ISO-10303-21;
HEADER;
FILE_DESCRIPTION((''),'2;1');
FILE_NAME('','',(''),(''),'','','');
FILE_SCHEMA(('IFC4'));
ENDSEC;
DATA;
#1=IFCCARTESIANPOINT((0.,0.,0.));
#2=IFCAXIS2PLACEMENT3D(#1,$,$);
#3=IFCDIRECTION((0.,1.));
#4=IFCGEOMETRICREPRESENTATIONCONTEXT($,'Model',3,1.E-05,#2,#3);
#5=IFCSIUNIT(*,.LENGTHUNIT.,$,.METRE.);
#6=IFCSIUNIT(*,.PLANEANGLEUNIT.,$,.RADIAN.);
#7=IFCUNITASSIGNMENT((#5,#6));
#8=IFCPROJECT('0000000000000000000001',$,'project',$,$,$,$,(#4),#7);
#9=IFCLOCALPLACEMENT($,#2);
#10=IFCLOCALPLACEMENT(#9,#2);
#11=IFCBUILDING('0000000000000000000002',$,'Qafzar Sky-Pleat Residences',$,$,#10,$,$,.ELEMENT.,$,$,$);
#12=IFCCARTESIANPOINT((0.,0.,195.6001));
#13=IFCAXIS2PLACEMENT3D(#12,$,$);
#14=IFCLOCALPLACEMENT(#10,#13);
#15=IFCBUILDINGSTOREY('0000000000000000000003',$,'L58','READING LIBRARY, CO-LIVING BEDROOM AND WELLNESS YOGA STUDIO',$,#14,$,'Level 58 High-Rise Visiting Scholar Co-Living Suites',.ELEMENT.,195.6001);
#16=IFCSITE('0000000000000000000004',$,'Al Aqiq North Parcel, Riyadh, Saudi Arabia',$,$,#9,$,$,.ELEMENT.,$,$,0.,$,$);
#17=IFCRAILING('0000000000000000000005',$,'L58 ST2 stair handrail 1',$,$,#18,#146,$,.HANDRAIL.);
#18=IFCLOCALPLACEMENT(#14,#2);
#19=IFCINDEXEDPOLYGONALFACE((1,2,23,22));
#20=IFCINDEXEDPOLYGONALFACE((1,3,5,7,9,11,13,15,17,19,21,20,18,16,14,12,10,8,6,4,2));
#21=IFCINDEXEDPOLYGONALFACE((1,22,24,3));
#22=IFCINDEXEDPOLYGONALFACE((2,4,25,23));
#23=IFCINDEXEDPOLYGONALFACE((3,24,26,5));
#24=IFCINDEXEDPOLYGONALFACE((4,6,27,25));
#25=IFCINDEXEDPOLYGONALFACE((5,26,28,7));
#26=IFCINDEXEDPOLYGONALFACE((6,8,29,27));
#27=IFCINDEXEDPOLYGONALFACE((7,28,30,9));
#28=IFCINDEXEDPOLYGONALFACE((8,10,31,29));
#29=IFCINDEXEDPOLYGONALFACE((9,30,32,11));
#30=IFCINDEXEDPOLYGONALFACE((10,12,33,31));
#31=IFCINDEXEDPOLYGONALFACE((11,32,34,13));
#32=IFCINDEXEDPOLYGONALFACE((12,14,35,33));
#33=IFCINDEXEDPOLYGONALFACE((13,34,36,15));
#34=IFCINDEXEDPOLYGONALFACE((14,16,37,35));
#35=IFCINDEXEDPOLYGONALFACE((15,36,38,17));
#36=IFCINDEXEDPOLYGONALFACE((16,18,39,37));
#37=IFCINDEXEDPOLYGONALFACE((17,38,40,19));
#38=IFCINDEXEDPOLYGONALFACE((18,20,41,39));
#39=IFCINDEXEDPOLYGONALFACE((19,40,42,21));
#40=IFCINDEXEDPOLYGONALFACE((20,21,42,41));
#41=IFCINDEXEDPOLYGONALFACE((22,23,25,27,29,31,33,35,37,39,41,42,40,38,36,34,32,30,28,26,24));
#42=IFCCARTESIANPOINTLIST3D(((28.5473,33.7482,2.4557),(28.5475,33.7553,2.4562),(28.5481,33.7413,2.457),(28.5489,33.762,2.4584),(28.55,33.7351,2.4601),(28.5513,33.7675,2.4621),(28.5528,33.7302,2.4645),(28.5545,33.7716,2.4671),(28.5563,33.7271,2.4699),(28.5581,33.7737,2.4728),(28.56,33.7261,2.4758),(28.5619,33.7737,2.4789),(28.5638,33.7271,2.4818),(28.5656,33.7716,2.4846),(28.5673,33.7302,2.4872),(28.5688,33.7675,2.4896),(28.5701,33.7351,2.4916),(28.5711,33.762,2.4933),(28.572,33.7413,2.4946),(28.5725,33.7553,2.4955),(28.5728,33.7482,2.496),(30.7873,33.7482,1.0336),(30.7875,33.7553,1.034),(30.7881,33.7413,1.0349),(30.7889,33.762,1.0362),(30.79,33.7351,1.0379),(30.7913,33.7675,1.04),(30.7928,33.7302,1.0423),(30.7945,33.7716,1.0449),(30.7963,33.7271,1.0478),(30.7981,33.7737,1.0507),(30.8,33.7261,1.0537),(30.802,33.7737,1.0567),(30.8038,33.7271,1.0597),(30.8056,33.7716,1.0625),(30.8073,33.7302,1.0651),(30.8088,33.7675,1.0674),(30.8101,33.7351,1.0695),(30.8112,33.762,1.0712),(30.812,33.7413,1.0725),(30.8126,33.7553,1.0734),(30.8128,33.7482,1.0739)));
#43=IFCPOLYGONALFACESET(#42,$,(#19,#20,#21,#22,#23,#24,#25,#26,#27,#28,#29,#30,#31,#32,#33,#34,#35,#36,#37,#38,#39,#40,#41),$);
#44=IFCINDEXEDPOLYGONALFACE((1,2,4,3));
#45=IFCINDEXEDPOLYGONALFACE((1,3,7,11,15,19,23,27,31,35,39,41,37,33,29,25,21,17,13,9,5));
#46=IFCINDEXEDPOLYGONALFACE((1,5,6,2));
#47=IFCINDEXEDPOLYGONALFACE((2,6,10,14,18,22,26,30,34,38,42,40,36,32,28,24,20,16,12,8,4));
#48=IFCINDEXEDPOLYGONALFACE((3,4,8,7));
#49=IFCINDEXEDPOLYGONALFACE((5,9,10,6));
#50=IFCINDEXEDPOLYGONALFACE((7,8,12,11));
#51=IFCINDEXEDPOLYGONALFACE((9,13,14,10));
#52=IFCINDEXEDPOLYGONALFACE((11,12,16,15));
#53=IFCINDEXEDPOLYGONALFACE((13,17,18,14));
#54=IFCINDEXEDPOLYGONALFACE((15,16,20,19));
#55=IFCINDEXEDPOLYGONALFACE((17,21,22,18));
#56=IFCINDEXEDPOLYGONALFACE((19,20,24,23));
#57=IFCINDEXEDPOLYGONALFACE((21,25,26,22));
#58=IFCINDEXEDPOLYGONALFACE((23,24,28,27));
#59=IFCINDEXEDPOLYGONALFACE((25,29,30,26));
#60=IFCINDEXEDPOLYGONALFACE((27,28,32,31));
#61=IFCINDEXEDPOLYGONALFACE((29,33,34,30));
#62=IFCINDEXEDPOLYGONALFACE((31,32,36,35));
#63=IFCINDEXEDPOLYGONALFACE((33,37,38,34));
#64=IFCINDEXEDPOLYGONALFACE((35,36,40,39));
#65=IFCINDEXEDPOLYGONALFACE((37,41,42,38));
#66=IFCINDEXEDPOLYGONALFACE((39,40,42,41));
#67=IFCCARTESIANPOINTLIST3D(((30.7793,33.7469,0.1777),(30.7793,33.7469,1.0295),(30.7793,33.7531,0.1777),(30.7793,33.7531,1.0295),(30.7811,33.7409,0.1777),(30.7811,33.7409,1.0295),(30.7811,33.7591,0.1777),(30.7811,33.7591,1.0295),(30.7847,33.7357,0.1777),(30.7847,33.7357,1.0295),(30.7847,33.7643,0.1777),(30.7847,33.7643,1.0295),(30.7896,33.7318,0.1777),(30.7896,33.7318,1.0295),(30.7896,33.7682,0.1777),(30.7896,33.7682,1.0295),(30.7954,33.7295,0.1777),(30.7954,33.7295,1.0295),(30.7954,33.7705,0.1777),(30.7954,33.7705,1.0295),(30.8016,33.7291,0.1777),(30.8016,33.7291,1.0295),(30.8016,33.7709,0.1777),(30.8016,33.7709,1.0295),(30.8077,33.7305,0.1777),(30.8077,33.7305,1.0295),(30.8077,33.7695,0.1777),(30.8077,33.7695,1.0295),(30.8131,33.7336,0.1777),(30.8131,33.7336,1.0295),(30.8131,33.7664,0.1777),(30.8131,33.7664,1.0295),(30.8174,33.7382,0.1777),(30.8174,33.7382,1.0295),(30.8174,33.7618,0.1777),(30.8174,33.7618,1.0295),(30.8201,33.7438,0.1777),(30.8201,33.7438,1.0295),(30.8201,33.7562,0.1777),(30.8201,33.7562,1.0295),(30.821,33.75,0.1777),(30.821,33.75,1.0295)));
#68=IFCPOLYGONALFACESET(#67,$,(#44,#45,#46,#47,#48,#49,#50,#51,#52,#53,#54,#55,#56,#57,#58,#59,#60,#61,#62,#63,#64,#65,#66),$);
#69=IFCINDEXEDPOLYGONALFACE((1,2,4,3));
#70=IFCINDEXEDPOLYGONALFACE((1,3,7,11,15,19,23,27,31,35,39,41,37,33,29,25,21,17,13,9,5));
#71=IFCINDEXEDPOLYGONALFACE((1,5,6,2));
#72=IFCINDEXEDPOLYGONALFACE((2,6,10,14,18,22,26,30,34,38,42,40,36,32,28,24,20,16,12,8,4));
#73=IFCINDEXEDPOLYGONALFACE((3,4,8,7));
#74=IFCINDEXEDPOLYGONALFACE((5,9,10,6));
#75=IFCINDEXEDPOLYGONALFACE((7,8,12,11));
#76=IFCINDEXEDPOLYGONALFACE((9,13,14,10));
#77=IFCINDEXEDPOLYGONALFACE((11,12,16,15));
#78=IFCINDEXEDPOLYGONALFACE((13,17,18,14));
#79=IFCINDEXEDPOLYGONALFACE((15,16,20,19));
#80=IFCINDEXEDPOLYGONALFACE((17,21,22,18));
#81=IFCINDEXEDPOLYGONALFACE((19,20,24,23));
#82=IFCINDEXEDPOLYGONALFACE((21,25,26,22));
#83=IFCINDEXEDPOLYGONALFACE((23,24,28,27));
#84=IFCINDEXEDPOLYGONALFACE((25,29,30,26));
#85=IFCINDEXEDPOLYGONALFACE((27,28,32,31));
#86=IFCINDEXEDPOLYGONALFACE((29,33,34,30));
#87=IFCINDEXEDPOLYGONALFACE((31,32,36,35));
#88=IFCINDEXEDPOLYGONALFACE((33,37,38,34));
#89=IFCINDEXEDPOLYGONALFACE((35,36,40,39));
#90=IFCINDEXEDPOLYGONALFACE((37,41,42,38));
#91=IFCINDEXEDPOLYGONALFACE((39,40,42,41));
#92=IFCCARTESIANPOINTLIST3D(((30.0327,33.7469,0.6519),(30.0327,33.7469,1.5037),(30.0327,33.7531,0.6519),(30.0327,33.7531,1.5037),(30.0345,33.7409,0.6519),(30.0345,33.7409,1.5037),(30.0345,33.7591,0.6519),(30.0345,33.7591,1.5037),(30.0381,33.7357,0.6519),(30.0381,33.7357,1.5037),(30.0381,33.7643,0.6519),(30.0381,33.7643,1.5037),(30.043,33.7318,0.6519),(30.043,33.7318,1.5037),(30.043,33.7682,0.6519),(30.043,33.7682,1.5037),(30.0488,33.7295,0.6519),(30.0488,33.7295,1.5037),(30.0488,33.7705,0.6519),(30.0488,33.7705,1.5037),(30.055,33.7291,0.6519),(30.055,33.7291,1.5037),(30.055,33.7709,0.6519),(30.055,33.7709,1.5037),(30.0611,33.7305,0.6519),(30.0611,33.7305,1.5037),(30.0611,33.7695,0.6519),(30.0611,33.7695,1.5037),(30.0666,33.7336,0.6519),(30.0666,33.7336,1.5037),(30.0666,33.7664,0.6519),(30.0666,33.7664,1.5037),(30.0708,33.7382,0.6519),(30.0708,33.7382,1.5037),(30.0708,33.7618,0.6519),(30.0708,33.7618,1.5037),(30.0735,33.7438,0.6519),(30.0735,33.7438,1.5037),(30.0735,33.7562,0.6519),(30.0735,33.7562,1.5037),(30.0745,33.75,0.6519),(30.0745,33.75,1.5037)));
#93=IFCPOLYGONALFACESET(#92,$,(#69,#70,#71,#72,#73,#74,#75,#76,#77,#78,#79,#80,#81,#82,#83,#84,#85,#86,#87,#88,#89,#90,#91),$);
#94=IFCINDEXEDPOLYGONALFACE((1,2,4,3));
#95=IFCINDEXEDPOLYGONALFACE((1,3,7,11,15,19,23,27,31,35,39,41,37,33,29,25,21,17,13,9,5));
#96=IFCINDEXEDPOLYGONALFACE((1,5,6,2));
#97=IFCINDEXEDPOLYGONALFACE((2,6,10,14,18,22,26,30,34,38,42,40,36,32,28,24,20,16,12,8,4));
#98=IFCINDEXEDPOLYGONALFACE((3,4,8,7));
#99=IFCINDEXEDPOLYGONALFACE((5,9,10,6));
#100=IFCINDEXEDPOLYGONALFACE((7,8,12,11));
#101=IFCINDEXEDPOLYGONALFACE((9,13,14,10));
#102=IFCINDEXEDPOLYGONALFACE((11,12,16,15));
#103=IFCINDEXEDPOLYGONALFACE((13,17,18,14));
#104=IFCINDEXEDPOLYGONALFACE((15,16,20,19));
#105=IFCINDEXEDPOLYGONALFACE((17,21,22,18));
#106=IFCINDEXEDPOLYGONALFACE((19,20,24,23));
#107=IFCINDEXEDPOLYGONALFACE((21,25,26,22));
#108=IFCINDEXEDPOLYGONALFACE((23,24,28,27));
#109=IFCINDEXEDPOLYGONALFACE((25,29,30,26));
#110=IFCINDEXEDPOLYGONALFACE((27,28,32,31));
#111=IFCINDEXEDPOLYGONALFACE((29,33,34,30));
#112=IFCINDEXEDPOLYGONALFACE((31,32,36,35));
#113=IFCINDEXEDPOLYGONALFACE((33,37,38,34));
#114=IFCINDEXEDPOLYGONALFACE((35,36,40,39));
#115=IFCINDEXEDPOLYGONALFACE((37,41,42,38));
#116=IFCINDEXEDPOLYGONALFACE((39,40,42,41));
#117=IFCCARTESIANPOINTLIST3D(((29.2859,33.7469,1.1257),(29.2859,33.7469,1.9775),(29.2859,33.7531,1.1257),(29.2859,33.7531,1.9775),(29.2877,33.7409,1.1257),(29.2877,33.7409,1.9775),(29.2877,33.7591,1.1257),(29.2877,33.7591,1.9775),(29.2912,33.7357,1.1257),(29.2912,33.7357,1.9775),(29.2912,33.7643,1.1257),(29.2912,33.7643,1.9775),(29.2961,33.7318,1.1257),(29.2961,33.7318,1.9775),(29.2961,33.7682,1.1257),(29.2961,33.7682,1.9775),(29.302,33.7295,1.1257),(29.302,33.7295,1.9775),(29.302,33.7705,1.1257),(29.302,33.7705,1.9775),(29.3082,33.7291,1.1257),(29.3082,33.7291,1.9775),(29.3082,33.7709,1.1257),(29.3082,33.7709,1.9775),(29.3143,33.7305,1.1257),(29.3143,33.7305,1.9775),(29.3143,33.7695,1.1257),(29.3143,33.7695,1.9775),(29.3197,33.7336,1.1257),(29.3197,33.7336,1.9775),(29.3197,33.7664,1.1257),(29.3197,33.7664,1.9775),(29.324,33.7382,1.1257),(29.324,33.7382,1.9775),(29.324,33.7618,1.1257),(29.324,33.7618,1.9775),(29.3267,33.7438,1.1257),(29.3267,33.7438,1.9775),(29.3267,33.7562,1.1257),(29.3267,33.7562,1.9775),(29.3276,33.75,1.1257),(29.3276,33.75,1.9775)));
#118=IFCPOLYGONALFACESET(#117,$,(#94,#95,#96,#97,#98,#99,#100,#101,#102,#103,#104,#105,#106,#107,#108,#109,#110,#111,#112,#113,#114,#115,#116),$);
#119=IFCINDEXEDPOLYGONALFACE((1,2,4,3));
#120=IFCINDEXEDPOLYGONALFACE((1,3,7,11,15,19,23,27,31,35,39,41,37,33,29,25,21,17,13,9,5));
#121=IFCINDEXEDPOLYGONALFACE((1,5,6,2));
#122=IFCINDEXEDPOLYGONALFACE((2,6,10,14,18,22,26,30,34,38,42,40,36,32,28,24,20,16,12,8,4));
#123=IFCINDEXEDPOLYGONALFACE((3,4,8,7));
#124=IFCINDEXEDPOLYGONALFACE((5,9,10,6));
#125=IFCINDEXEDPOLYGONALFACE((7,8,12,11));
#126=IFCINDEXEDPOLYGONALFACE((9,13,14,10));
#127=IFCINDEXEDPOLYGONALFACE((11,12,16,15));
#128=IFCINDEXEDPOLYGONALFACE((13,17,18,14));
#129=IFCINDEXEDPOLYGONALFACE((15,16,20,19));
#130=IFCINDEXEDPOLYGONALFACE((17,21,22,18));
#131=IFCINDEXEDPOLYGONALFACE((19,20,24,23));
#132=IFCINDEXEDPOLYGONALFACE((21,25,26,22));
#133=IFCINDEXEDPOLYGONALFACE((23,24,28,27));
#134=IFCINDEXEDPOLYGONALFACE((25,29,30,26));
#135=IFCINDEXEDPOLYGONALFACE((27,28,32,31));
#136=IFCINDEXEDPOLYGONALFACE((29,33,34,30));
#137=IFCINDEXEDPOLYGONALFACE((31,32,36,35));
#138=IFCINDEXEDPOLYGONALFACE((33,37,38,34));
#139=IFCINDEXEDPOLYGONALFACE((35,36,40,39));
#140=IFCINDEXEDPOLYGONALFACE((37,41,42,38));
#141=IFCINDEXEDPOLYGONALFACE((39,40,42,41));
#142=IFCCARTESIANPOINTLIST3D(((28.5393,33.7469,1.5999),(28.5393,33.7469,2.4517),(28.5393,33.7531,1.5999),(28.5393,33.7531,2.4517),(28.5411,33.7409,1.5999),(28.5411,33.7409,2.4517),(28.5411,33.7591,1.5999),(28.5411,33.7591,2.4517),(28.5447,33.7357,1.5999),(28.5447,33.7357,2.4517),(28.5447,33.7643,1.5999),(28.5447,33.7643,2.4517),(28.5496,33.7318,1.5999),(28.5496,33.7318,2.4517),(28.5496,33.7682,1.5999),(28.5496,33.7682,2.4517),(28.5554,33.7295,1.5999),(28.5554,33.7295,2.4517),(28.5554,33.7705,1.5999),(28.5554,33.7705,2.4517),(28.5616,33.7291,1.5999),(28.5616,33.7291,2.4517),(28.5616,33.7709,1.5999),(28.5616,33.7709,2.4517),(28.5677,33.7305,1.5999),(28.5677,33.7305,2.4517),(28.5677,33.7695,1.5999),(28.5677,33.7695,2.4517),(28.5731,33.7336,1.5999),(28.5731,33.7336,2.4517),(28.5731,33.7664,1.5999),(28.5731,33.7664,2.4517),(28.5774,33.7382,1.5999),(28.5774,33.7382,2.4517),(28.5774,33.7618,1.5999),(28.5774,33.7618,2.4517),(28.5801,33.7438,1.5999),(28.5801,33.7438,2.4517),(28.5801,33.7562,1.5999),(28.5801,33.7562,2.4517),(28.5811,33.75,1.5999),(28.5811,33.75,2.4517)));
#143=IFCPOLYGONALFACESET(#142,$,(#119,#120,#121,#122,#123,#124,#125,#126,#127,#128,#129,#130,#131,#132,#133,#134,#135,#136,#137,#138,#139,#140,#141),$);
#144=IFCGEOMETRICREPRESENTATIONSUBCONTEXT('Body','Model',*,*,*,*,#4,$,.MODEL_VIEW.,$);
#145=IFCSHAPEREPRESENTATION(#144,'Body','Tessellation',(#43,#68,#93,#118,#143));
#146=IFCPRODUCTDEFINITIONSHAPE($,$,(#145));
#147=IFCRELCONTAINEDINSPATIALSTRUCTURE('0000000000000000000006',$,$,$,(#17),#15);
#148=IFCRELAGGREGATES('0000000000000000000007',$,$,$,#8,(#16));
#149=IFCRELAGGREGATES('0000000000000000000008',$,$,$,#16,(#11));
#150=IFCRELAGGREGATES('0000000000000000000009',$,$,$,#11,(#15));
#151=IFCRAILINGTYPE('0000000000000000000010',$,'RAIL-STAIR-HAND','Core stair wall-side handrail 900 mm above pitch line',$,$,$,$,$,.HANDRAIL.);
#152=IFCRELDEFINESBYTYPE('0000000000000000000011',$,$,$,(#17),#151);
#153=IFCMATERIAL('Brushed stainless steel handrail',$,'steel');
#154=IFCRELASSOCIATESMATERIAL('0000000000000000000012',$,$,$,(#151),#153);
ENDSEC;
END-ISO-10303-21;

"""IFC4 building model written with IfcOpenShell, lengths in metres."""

from ifc_helpers import new_model, si_unit, direction, frame, origin, origin_2d, place, context, subcontext, project, spatial, circle, extrude, source, transform, mapped, material, type_object, element, save


model = new_model("IFC4")

# Units and contexts
model_context = context("Model", 3, precision=1e-05, world=origin(), true_north=direction((0.0, 1.0)))
body_context = subcontext(model_context, "Body", "Model", "MODEL_VIEW")
ifc_project = project(units=[si_unit("LENGTHUNIT", "METRE"), si_unit("PLANEANGLEUNIT", "RADIAN")], contexts=[model_context])

# Site, building, storey
site_placement = place(None, origin())
site = spatial("IfcSite", under=ifc_project, at=site_placement, Name="Al Aqiq North Parcel, Riyadh, Saudi Arabia", CompositionType="ELEMENT", RefElevation=0.0)
building_placement = place(site_placement, origin())
building = spatial("IfcBuilding", under=site, at=building_placement, Name="Qafzar Sky-Pleat Residences", CompositionType="ELEMENT")
storey_placement = place(building_placement, frame((0.0, 0.0, 195.6001)))
storey = spatial("IfcBuildingStorey", under=building, at=storey_placement, Name="L58", Description="READING LIBRARY, CO-LIVING BEDROOM AND WELLNESS YOGA STUDIO", LongName="Level 58 High-Rise Visiting Scholar Co-Living Suites", CompositionType="ELEMENT", Elevation=195.6001)

# Railing
ifc_material_1 = material(Name="Brushed stainless steel handrail", Category="steel")
railing_type_1 = type_object("IfcRailingType", Name="RAIL-STAIR-HAND", Description="Core stair wall-side handrail 900 mm above pitch line", PredefinedType="HANDRAIL", material=ifc_material_1)
shared_shape_1 = source(origin(), body_context, "Body", "SweptSolid", [
    extrude(circle(Radius=0.0239, at=origin_2d()), frame((0.0, 0.0, 0.876), z_axis=(-0.844229, 0.0, 0.535982), x_axis=(0.0, -1.0, 0.0)), (0.0, 0.0, 1.0), 2.6533),
    extrude(circle(Radius=0.021, at=origin_2d()), origin(), (0.0, 0.0, 1.0), 0.8518),
    extrude(circle(Radius=0.021, at=origin_2d()), frame((-0.7466, 0.0, 0.4741)), (0.0, 0.0, 1.0), 0.8518),
    extrude(circle(Radius=0.021, at=origin_2d()), frame((-1.4934, 0.0, 0.948)), (0.0, 0.0, 1.0), 0.8518),
    extrude(circle(Radius=0.021, at=origin_2d()), frame((-2.24, 0.0, 1.4221)), (0.0, 0.0, 1.0), 0.8518),
])
railing_1_placement = place(storey_placement, frame((30.8, 33.75, 0.1777)))
element("IfcRailing", 1, at=railing_1_placement, inside=storey, type_object=railing_type_1, Name="L58 ST2 stair handrail 1", PredefinedType="HANDRAIL", context=body_context, shape_type="MappedRepresentation", body=[
    mapped(shared_shape_1, transform((0.0, 0.0, 0.0), x_axis=(1.0, 0.0, 0.0), y_axis=(0.0, 1.0, 0.0), z_axis=(0.0, 0.0, 1.0), scale=1.0)),
])

save(model, "model.ifc")
